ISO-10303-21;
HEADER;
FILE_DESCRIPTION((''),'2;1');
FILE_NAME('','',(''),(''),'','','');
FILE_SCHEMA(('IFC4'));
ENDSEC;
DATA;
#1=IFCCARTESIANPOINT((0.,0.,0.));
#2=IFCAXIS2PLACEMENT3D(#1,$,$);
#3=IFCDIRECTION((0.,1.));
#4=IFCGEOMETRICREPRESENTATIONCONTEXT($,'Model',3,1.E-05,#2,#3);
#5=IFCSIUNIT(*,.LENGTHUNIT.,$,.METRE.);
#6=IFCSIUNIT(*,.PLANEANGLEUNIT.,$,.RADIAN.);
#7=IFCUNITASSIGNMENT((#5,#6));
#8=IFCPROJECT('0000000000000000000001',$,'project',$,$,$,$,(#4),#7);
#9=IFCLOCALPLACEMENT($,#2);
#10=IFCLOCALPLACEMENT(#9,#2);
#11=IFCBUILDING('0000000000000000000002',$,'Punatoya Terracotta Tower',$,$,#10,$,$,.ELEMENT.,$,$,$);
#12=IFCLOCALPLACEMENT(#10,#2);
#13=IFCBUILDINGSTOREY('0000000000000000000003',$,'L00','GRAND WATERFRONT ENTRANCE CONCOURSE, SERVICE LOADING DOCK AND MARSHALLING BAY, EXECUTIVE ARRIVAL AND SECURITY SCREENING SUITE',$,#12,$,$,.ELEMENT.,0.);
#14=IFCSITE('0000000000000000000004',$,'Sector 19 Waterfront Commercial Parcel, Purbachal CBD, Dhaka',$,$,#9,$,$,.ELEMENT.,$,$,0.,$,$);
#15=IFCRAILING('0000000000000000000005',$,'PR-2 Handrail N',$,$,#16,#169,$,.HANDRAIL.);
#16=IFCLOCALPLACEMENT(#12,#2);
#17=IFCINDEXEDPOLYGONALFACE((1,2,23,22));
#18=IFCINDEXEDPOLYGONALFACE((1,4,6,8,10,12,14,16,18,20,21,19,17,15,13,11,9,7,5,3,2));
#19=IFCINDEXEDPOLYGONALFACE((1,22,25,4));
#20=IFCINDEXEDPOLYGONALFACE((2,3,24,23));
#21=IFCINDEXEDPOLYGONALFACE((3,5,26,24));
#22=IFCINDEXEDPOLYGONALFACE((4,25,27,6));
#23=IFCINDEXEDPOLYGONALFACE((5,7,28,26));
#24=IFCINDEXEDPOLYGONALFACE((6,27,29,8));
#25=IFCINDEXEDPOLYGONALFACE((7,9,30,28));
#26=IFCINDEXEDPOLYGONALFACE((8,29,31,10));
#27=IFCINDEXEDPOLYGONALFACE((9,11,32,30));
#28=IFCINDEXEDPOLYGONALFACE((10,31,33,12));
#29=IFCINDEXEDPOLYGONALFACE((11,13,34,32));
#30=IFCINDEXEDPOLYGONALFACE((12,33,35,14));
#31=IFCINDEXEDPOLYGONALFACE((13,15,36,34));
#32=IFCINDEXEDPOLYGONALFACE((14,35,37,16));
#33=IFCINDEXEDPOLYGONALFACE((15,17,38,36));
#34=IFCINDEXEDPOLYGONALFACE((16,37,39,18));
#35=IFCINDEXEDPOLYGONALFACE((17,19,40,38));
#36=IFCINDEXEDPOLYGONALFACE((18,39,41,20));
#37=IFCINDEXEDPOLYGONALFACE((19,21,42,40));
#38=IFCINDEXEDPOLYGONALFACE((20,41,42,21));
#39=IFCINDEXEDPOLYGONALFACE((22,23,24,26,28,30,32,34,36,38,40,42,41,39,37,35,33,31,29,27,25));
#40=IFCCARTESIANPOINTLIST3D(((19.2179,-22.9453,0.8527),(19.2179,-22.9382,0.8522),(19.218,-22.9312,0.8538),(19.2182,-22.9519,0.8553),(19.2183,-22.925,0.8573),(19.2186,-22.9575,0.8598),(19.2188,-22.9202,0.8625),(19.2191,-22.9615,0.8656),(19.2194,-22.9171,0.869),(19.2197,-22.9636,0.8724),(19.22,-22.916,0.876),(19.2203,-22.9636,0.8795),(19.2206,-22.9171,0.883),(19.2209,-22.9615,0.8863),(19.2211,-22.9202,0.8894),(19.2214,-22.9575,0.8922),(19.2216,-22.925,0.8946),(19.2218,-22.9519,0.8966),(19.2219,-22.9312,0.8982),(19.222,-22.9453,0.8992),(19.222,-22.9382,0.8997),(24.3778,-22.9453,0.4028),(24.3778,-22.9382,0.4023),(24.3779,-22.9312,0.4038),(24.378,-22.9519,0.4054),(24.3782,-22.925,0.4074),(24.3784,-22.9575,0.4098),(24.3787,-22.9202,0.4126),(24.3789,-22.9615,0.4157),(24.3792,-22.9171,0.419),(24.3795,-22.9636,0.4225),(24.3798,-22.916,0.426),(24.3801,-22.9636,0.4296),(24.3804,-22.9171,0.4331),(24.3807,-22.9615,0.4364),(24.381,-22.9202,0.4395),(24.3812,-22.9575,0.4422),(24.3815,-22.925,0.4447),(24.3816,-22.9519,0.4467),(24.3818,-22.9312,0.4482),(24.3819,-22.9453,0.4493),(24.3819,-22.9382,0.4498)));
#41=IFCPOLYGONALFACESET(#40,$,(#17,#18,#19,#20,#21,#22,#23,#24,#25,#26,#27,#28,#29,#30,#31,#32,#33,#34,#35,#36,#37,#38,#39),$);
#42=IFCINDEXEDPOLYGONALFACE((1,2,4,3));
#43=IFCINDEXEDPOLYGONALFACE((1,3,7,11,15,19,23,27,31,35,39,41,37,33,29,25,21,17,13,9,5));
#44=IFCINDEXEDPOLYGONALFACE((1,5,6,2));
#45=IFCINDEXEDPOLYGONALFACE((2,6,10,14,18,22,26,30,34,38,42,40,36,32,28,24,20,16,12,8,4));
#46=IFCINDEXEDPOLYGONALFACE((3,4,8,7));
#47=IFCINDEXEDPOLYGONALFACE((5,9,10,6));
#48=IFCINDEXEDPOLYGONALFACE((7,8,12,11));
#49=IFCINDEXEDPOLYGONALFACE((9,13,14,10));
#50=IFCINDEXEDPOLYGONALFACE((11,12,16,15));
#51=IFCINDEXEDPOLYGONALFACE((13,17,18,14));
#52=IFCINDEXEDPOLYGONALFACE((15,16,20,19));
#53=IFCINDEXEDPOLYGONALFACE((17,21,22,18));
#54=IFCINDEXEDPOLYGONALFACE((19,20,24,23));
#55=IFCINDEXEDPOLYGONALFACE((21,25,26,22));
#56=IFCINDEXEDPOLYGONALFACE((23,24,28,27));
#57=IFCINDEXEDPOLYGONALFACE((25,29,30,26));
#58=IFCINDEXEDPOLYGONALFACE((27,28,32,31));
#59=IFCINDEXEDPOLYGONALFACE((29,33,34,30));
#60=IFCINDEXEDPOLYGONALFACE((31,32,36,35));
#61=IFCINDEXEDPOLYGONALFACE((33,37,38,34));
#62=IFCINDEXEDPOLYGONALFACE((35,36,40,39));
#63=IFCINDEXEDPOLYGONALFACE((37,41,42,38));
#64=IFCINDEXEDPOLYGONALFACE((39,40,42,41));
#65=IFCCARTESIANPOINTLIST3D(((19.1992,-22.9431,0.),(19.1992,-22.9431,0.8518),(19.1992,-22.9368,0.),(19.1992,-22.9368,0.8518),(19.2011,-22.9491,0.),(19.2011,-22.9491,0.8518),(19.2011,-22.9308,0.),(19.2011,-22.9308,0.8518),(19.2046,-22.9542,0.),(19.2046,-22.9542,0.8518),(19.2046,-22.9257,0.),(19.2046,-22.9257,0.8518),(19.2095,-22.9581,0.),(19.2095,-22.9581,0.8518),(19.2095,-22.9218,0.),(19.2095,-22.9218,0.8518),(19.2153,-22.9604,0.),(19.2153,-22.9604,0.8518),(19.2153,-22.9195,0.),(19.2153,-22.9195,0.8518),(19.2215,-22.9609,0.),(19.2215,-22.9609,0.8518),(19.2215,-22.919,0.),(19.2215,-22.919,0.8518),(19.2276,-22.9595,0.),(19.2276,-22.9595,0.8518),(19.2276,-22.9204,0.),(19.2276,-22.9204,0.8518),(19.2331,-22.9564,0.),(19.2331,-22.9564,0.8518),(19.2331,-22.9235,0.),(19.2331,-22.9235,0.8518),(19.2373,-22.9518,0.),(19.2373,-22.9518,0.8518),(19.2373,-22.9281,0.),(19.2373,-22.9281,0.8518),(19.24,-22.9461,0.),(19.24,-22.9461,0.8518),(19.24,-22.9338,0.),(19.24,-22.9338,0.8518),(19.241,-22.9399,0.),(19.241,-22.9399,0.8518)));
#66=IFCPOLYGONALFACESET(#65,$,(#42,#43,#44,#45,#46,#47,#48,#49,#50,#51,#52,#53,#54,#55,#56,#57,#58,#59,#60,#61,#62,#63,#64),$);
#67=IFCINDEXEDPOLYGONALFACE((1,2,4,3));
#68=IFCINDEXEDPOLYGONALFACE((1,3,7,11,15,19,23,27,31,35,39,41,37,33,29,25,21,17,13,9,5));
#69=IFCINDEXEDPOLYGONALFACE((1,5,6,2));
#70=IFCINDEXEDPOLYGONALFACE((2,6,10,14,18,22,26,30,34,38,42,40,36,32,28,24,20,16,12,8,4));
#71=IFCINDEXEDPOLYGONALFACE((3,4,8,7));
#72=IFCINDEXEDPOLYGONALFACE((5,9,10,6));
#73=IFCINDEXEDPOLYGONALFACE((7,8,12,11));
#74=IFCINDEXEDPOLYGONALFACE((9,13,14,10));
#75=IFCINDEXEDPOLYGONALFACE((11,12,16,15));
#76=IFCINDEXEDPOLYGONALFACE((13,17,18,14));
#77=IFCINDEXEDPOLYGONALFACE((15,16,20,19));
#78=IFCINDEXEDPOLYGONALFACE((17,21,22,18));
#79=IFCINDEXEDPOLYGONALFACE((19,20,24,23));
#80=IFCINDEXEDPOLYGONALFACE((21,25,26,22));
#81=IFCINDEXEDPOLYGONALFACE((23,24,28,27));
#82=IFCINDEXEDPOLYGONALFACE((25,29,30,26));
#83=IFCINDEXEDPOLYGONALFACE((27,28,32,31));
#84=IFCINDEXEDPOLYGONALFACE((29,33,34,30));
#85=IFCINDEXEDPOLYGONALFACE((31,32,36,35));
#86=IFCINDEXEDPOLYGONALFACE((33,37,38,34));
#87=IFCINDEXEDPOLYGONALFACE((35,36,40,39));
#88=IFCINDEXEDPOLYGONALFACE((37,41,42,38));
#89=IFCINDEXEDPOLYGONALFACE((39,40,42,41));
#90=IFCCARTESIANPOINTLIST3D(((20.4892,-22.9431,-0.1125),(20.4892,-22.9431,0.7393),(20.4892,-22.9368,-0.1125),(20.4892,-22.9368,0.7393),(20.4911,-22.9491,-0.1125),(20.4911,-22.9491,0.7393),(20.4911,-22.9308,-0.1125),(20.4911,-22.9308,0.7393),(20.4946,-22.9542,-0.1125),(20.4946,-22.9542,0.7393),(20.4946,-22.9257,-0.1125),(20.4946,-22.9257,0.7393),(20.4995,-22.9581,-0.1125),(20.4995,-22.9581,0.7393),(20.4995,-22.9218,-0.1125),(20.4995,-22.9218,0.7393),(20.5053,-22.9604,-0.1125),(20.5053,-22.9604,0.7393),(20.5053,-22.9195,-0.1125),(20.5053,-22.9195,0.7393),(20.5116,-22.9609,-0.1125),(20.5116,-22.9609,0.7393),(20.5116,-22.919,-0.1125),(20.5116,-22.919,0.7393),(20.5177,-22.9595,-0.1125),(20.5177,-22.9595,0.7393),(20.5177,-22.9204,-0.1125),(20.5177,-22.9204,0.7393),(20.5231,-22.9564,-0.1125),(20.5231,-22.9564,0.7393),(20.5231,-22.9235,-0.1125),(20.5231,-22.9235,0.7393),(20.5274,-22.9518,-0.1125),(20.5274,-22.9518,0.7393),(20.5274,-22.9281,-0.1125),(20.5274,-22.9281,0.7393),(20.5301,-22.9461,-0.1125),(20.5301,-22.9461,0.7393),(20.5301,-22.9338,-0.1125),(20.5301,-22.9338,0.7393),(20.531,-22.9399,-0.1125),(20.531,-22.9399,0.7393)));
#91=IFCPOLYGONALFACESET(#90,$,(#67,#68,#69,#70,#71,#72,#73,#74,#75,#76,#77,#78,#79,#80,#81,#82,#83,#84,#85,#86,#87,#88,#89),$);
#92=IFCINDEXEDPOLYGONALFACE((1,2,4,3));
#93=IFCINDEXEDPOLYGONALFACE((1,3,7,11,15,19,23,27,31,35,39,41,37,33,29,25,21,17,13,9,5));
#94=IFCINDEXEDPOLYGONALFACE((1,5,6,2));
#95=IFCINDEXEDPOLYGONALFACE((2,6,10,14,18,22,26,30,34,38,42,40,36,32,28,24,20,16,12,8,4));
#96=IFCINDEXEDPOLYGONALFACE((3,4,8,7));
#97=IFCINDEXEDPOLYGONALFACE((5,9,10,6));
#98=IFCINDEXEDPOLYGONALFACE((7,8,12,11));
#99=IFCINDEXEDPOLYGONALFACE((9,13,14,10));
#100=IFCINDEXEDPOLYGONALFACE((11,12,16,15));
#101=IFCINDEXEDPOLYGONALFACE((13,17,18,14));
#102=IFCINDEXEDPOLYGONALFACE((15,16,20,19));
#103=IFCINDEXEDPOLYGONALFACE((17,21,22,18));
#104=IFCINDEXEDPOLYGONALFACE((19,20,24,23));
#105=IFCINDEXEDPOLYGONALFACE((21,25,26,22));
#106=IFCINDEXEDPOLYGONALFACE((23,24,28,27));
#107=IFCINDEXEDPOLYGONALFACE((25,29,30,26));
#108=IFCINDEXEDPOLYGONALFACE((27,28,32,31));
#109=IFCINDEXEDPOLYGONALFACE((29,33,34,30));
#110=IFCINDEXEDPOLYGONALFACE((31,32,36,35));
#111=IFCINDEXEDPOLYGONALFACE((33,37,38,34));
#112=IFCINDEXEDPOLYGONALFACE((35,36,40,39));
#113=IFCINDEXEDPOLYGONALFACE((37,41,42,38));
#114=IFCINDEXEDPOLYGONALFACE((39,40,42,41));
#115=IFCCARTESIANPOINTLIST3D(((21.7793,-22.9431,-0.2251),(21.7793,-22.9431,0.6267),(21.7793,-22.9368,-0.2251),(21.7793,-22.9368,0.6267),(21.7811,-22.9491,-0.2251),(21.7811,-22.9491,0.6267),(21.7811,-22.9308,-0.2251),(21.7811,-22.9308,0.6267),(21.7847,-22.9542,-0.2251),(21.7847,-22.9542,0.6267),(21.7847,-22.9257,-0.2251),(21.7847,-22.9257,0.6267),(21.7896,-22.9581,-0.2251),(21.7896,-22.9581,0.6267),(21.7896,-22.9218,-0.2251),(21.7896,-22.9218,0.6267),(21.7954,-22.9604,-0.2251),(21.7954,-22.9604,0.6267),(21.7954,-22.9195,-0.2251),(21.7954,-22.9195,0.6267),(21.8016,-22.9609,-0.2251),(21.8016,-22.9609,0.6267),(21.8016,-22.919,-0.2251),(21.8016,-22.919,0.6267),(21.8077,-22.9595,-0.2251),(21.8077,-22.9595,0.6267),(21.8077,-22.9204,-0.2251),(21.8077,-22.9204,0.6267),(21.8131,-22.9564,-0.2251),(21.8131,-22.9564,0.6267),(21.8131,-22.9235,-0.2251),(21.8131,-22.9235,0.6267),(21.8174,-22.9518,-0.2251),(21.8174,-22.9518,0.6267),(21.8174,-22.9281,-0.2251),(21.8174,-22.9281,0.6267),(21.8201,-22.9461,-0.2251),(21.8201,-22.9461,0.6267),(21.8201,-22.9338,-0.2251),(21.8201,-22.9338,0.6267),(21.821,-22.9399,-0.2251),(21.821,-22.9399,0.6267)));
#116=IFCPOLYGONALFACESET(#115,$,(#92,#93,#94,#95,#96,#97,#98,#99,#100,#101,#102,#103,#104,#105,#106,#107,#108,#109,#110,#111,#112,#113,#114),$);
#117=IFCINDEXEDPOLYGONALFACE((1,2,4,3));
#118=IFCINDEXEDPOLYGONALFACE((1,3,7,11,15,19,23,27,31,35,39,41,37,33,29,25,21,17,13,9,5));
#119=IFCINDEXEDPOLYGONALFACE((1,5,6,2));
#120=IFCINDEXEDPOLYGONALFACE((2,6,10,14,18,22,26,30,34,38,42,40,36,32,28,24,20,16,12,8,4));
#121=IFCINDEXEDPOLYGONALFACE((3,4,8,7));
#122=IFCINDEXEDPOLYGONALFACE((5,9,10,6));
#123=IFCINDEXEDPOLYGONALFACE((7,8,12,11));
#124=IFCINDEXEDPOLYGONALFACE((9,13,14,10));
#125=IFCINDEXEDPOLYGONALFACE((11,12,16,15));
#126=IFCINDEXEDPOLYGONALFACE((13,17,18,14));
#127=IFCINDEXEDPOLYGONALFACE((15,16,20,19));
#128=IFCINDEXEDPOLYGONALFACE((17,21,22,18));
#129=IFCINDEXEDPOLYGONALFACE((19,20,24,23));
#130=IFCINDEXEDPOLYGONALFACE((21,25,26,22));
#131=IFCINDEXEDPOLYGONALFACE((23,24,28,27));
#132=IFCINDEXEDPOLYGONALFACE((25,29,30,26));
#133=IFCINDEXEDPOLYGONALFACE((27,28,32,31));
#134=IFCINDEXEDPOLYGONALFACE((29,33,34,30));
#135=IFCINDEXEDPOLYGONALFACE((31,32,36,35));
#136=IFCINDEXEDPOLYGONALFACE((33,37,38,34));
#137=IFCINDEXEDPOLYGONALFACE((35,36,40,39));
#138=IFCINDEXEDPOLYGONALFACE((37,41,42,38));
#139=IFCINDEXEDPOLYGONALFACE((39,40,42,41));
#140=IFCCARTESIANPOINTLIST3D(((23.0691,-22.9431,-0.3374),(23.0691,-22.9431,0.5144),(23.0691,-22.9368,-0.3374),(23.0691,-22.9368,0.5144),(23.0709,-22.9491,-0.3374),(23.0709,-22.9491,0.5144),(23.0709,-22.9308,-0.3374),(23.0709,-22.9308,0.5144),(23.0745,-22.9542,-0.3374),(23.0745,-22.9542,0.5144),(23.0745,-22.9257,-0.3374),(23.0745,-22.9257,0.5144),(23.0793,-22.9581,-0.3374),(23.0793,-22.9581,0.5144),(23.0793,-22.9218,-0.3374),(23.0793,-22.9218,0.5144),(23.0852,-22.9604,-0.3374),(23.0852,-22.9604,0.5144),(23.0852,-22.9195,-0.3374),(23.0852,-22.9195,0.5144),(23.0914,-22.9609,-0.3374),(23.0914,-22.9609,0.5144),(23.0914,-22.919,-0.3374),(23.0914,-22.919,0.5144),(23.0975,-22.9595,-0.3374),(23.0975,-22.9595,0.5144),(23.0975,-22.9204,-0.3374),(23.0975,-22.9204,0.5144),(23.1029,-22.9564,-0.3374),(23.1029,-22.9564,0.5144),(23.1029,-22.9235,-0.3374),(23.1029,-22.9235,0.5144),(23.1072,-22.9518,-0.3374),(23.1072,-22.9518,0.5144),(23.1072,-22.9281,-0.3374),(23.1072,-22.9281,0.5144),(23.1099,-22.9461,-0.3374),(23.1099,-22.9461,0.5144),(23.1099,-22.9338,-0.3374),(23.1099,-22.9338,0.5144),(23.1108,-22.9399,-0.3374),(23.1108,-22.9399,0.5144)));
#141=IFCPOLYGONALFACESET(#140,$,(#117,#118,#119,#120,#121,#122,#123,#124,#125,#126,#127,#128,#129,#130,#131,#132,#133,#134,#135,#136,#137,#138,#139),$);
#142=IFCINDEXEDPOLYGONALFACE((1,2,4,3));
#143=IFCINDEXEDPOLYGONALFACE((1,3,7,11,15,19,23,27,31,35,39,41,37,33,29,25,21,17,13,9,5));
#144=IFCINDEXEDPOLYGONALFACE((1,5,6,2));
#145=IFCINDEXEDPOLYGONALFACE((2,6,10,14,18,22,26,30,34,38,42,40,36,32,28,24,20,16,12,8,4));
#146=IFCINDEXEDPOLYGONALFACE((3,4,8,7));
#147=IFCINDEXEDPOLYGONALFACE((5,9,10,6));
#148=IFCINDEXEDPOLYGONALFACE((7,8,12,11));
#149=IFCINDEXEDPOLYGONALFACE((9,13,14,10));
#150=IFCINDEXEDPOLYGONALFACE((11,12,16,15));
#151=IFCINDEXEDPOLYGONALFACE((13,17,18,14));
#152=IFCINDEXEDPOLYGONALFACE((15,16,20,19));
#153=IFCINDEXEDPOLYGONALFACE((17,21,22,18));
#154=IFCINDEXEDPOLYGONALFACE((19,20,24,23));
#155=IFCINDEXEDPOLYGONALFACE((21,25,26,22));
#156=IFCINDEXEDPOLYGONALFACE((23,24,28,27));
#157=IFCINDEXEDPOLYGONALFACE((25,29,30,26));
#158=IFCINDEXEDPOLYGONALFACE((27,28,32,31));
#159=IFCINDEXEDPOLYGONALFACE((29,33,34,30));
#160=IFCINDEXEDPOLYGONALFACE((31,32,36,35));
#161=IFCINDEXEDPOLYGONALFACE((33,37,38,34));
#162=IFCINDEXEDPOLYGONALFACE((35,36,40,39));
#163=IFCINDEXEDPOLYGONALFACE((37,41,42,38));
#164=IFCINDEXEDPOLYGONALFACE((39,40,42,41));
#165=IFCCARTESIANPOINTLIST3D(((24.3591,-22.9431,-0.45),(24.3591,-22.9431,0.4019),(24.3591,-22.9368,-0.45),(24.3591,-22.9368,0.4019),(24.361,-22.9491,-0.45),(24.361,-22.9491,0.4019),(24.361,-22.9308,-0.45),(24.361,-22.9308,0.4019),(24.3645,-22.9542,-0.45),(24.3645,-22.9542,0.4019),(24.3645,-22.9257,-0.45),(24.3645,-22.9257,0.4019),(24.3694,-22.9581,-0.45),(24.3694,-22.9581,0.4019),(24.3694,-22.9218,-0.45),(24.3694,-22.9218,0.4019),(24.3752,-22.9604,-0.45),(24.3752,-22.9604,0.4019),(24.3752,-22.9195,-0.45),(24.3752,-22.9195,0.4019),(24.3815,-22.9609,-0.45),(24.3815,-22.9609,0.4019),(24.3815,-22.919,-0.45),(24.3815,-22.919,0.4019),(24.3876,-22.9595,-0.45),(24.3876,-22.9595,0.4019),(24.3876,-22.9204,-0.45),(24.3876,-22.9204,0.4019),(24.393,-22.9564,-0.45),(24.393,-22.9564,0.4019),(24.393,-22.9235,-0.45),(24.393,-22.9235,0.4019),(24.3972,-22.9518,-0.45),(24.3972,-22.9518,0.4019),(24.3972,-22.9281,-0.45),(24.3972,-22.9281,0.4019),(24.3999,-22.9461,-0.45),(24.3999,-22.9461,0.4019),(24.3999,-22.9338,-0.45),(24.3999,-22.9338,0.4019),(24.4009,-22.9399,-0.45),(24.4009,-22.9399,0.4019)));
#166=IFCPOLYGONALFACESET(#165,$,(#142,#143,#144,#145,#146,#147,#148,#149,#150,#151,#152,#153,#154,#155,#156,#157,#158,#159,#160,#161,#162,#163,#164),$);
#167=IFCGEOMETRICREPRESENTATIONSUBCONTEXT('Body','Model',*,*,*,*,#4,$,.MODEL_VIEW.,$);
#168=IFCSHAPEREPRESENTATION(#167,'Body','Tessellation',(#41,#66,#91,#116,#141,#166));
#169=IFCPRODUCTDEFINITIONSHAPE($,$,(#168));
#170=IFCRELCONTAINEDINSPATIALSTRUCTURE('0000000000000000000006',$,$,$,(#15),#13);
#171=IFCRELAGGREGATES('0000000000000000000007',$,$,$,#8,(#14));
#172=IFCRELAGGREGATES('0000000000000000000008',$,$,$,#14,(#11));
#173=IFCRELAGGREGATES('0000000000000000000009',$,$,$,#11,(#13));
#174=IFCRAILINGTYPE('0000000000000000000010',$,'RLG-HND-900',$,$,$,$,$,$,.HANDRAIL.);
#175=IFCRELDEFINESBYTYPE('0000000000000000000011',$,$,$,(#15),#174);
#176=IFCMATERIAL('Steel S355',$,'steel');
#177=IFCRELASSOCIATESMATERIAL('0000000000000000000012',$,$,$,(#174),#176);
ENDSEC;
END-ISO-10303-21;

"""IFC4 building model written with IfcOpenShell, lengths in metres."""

from ifc_helpers import new_model, si_unit, direction, frame, origin, origin_2d, place, context, subcontext, project, spatial, circle, extrude, material, type_object, element, save


model = new_model("IFC4")

# Units and contexts
model_context = context("Model", 3, precision=1e-05, world=origin(), true_north=direction((0.0, 1.0)))
body_context = subcontext(model_context, "Body", "Model", "MODEL_VIEW")
ifc_project = project(units=[si_unit("LENGTHUNIT", "METRE"), si_unit("PLANEANGLEUNIT", "RADIAN")], contexts=[model_context])

# Site, building, storey
site_placement = place(None, origin())
site = spatial("IfcSite", under=ifc_project, at=site_placement, Name="Sector 19 Waterfront Commercial Parcel, Purbachal CBD, Dhaka", CompositionType="ELEMENT", RefElevation=0.0)
building_placement = place(site_placement, origin())
building = spatial("IfcBuilding", under=site, at=building_placement, Name="Punatoya Terracotta Tower", CompositionType="ELEMENT")
storey_placement = place(building_placement, origin())
storey = spatial("IfcBuildingStorey", under=building, at=storey_placement, Name="L00", Description="GRAND WATERFRONT ENTRANCE CONCOURSE, SERVICE LOADING DOCK AND MARSHALLING BAY, EXECUTIVE ARRIVAL AND SECURITY SCREENING SUITE", CompositionType="ELEMENT", Elevation=0.0)

# Shared definitions
ifc_material_1 = material(Name="Steel S355", Category="steel")

# Railing
railing_type_1 = type_object("IfcRailingType", Name="RLG-HND-900", PredefinedType="HANDRAIL", material=ifc_material_1)
for number, where, name in (
    (1, (19.22, -22.9399, 0.0), "PR-2 Handrail N"),
):
    element("IfcRailing", number, at=place(storey_placement, frame(where)), inside=storey, type_object=railing_type_1, Name=name, PredefinedType="HANDRAIL", context=body_context, shape_type="SweptSolid", body=[
        extrude(circle(Radius=0.0239, at=origin_2d()), frame((0.0, 0.0, 0.876), z_axis=(0.99622, 0.0, -0.086872), x_axis=(0.0, 1.0, 0.0)), (0.0, 0.0, 1.0), 5.1794),
        extrude(circle(Radius=0.021, at=origin_2d()), origin(), (0.0, 0.0, 1.0), 0.8518),
        extrude(circle(Radius=0.021, at=origin_2d()), frame((1.29, 0.0, -0.1125)), (0.0, 0.0, 1.0), 0.8518),
        extrude(circle(Radius=0.021, at=origin_2d()), frame((2.5801, 0.0, -0.2251)), (0.0, 0.0, 1.0), 0.8518),
        extrude(circle(Radius=0.021, at=origin_2d()), frame((3.8699, 0.0, -0.3374)), (0.0, 0.0, 1.0), 0.8518),
        extrude(circle(Radius=0.021, at=origin_2d()), frame((5.1599, 0.0, -0.45)), (0.0, 0.0, 1.0), 0.8518),
    ])

save(model, "model.ifc")
